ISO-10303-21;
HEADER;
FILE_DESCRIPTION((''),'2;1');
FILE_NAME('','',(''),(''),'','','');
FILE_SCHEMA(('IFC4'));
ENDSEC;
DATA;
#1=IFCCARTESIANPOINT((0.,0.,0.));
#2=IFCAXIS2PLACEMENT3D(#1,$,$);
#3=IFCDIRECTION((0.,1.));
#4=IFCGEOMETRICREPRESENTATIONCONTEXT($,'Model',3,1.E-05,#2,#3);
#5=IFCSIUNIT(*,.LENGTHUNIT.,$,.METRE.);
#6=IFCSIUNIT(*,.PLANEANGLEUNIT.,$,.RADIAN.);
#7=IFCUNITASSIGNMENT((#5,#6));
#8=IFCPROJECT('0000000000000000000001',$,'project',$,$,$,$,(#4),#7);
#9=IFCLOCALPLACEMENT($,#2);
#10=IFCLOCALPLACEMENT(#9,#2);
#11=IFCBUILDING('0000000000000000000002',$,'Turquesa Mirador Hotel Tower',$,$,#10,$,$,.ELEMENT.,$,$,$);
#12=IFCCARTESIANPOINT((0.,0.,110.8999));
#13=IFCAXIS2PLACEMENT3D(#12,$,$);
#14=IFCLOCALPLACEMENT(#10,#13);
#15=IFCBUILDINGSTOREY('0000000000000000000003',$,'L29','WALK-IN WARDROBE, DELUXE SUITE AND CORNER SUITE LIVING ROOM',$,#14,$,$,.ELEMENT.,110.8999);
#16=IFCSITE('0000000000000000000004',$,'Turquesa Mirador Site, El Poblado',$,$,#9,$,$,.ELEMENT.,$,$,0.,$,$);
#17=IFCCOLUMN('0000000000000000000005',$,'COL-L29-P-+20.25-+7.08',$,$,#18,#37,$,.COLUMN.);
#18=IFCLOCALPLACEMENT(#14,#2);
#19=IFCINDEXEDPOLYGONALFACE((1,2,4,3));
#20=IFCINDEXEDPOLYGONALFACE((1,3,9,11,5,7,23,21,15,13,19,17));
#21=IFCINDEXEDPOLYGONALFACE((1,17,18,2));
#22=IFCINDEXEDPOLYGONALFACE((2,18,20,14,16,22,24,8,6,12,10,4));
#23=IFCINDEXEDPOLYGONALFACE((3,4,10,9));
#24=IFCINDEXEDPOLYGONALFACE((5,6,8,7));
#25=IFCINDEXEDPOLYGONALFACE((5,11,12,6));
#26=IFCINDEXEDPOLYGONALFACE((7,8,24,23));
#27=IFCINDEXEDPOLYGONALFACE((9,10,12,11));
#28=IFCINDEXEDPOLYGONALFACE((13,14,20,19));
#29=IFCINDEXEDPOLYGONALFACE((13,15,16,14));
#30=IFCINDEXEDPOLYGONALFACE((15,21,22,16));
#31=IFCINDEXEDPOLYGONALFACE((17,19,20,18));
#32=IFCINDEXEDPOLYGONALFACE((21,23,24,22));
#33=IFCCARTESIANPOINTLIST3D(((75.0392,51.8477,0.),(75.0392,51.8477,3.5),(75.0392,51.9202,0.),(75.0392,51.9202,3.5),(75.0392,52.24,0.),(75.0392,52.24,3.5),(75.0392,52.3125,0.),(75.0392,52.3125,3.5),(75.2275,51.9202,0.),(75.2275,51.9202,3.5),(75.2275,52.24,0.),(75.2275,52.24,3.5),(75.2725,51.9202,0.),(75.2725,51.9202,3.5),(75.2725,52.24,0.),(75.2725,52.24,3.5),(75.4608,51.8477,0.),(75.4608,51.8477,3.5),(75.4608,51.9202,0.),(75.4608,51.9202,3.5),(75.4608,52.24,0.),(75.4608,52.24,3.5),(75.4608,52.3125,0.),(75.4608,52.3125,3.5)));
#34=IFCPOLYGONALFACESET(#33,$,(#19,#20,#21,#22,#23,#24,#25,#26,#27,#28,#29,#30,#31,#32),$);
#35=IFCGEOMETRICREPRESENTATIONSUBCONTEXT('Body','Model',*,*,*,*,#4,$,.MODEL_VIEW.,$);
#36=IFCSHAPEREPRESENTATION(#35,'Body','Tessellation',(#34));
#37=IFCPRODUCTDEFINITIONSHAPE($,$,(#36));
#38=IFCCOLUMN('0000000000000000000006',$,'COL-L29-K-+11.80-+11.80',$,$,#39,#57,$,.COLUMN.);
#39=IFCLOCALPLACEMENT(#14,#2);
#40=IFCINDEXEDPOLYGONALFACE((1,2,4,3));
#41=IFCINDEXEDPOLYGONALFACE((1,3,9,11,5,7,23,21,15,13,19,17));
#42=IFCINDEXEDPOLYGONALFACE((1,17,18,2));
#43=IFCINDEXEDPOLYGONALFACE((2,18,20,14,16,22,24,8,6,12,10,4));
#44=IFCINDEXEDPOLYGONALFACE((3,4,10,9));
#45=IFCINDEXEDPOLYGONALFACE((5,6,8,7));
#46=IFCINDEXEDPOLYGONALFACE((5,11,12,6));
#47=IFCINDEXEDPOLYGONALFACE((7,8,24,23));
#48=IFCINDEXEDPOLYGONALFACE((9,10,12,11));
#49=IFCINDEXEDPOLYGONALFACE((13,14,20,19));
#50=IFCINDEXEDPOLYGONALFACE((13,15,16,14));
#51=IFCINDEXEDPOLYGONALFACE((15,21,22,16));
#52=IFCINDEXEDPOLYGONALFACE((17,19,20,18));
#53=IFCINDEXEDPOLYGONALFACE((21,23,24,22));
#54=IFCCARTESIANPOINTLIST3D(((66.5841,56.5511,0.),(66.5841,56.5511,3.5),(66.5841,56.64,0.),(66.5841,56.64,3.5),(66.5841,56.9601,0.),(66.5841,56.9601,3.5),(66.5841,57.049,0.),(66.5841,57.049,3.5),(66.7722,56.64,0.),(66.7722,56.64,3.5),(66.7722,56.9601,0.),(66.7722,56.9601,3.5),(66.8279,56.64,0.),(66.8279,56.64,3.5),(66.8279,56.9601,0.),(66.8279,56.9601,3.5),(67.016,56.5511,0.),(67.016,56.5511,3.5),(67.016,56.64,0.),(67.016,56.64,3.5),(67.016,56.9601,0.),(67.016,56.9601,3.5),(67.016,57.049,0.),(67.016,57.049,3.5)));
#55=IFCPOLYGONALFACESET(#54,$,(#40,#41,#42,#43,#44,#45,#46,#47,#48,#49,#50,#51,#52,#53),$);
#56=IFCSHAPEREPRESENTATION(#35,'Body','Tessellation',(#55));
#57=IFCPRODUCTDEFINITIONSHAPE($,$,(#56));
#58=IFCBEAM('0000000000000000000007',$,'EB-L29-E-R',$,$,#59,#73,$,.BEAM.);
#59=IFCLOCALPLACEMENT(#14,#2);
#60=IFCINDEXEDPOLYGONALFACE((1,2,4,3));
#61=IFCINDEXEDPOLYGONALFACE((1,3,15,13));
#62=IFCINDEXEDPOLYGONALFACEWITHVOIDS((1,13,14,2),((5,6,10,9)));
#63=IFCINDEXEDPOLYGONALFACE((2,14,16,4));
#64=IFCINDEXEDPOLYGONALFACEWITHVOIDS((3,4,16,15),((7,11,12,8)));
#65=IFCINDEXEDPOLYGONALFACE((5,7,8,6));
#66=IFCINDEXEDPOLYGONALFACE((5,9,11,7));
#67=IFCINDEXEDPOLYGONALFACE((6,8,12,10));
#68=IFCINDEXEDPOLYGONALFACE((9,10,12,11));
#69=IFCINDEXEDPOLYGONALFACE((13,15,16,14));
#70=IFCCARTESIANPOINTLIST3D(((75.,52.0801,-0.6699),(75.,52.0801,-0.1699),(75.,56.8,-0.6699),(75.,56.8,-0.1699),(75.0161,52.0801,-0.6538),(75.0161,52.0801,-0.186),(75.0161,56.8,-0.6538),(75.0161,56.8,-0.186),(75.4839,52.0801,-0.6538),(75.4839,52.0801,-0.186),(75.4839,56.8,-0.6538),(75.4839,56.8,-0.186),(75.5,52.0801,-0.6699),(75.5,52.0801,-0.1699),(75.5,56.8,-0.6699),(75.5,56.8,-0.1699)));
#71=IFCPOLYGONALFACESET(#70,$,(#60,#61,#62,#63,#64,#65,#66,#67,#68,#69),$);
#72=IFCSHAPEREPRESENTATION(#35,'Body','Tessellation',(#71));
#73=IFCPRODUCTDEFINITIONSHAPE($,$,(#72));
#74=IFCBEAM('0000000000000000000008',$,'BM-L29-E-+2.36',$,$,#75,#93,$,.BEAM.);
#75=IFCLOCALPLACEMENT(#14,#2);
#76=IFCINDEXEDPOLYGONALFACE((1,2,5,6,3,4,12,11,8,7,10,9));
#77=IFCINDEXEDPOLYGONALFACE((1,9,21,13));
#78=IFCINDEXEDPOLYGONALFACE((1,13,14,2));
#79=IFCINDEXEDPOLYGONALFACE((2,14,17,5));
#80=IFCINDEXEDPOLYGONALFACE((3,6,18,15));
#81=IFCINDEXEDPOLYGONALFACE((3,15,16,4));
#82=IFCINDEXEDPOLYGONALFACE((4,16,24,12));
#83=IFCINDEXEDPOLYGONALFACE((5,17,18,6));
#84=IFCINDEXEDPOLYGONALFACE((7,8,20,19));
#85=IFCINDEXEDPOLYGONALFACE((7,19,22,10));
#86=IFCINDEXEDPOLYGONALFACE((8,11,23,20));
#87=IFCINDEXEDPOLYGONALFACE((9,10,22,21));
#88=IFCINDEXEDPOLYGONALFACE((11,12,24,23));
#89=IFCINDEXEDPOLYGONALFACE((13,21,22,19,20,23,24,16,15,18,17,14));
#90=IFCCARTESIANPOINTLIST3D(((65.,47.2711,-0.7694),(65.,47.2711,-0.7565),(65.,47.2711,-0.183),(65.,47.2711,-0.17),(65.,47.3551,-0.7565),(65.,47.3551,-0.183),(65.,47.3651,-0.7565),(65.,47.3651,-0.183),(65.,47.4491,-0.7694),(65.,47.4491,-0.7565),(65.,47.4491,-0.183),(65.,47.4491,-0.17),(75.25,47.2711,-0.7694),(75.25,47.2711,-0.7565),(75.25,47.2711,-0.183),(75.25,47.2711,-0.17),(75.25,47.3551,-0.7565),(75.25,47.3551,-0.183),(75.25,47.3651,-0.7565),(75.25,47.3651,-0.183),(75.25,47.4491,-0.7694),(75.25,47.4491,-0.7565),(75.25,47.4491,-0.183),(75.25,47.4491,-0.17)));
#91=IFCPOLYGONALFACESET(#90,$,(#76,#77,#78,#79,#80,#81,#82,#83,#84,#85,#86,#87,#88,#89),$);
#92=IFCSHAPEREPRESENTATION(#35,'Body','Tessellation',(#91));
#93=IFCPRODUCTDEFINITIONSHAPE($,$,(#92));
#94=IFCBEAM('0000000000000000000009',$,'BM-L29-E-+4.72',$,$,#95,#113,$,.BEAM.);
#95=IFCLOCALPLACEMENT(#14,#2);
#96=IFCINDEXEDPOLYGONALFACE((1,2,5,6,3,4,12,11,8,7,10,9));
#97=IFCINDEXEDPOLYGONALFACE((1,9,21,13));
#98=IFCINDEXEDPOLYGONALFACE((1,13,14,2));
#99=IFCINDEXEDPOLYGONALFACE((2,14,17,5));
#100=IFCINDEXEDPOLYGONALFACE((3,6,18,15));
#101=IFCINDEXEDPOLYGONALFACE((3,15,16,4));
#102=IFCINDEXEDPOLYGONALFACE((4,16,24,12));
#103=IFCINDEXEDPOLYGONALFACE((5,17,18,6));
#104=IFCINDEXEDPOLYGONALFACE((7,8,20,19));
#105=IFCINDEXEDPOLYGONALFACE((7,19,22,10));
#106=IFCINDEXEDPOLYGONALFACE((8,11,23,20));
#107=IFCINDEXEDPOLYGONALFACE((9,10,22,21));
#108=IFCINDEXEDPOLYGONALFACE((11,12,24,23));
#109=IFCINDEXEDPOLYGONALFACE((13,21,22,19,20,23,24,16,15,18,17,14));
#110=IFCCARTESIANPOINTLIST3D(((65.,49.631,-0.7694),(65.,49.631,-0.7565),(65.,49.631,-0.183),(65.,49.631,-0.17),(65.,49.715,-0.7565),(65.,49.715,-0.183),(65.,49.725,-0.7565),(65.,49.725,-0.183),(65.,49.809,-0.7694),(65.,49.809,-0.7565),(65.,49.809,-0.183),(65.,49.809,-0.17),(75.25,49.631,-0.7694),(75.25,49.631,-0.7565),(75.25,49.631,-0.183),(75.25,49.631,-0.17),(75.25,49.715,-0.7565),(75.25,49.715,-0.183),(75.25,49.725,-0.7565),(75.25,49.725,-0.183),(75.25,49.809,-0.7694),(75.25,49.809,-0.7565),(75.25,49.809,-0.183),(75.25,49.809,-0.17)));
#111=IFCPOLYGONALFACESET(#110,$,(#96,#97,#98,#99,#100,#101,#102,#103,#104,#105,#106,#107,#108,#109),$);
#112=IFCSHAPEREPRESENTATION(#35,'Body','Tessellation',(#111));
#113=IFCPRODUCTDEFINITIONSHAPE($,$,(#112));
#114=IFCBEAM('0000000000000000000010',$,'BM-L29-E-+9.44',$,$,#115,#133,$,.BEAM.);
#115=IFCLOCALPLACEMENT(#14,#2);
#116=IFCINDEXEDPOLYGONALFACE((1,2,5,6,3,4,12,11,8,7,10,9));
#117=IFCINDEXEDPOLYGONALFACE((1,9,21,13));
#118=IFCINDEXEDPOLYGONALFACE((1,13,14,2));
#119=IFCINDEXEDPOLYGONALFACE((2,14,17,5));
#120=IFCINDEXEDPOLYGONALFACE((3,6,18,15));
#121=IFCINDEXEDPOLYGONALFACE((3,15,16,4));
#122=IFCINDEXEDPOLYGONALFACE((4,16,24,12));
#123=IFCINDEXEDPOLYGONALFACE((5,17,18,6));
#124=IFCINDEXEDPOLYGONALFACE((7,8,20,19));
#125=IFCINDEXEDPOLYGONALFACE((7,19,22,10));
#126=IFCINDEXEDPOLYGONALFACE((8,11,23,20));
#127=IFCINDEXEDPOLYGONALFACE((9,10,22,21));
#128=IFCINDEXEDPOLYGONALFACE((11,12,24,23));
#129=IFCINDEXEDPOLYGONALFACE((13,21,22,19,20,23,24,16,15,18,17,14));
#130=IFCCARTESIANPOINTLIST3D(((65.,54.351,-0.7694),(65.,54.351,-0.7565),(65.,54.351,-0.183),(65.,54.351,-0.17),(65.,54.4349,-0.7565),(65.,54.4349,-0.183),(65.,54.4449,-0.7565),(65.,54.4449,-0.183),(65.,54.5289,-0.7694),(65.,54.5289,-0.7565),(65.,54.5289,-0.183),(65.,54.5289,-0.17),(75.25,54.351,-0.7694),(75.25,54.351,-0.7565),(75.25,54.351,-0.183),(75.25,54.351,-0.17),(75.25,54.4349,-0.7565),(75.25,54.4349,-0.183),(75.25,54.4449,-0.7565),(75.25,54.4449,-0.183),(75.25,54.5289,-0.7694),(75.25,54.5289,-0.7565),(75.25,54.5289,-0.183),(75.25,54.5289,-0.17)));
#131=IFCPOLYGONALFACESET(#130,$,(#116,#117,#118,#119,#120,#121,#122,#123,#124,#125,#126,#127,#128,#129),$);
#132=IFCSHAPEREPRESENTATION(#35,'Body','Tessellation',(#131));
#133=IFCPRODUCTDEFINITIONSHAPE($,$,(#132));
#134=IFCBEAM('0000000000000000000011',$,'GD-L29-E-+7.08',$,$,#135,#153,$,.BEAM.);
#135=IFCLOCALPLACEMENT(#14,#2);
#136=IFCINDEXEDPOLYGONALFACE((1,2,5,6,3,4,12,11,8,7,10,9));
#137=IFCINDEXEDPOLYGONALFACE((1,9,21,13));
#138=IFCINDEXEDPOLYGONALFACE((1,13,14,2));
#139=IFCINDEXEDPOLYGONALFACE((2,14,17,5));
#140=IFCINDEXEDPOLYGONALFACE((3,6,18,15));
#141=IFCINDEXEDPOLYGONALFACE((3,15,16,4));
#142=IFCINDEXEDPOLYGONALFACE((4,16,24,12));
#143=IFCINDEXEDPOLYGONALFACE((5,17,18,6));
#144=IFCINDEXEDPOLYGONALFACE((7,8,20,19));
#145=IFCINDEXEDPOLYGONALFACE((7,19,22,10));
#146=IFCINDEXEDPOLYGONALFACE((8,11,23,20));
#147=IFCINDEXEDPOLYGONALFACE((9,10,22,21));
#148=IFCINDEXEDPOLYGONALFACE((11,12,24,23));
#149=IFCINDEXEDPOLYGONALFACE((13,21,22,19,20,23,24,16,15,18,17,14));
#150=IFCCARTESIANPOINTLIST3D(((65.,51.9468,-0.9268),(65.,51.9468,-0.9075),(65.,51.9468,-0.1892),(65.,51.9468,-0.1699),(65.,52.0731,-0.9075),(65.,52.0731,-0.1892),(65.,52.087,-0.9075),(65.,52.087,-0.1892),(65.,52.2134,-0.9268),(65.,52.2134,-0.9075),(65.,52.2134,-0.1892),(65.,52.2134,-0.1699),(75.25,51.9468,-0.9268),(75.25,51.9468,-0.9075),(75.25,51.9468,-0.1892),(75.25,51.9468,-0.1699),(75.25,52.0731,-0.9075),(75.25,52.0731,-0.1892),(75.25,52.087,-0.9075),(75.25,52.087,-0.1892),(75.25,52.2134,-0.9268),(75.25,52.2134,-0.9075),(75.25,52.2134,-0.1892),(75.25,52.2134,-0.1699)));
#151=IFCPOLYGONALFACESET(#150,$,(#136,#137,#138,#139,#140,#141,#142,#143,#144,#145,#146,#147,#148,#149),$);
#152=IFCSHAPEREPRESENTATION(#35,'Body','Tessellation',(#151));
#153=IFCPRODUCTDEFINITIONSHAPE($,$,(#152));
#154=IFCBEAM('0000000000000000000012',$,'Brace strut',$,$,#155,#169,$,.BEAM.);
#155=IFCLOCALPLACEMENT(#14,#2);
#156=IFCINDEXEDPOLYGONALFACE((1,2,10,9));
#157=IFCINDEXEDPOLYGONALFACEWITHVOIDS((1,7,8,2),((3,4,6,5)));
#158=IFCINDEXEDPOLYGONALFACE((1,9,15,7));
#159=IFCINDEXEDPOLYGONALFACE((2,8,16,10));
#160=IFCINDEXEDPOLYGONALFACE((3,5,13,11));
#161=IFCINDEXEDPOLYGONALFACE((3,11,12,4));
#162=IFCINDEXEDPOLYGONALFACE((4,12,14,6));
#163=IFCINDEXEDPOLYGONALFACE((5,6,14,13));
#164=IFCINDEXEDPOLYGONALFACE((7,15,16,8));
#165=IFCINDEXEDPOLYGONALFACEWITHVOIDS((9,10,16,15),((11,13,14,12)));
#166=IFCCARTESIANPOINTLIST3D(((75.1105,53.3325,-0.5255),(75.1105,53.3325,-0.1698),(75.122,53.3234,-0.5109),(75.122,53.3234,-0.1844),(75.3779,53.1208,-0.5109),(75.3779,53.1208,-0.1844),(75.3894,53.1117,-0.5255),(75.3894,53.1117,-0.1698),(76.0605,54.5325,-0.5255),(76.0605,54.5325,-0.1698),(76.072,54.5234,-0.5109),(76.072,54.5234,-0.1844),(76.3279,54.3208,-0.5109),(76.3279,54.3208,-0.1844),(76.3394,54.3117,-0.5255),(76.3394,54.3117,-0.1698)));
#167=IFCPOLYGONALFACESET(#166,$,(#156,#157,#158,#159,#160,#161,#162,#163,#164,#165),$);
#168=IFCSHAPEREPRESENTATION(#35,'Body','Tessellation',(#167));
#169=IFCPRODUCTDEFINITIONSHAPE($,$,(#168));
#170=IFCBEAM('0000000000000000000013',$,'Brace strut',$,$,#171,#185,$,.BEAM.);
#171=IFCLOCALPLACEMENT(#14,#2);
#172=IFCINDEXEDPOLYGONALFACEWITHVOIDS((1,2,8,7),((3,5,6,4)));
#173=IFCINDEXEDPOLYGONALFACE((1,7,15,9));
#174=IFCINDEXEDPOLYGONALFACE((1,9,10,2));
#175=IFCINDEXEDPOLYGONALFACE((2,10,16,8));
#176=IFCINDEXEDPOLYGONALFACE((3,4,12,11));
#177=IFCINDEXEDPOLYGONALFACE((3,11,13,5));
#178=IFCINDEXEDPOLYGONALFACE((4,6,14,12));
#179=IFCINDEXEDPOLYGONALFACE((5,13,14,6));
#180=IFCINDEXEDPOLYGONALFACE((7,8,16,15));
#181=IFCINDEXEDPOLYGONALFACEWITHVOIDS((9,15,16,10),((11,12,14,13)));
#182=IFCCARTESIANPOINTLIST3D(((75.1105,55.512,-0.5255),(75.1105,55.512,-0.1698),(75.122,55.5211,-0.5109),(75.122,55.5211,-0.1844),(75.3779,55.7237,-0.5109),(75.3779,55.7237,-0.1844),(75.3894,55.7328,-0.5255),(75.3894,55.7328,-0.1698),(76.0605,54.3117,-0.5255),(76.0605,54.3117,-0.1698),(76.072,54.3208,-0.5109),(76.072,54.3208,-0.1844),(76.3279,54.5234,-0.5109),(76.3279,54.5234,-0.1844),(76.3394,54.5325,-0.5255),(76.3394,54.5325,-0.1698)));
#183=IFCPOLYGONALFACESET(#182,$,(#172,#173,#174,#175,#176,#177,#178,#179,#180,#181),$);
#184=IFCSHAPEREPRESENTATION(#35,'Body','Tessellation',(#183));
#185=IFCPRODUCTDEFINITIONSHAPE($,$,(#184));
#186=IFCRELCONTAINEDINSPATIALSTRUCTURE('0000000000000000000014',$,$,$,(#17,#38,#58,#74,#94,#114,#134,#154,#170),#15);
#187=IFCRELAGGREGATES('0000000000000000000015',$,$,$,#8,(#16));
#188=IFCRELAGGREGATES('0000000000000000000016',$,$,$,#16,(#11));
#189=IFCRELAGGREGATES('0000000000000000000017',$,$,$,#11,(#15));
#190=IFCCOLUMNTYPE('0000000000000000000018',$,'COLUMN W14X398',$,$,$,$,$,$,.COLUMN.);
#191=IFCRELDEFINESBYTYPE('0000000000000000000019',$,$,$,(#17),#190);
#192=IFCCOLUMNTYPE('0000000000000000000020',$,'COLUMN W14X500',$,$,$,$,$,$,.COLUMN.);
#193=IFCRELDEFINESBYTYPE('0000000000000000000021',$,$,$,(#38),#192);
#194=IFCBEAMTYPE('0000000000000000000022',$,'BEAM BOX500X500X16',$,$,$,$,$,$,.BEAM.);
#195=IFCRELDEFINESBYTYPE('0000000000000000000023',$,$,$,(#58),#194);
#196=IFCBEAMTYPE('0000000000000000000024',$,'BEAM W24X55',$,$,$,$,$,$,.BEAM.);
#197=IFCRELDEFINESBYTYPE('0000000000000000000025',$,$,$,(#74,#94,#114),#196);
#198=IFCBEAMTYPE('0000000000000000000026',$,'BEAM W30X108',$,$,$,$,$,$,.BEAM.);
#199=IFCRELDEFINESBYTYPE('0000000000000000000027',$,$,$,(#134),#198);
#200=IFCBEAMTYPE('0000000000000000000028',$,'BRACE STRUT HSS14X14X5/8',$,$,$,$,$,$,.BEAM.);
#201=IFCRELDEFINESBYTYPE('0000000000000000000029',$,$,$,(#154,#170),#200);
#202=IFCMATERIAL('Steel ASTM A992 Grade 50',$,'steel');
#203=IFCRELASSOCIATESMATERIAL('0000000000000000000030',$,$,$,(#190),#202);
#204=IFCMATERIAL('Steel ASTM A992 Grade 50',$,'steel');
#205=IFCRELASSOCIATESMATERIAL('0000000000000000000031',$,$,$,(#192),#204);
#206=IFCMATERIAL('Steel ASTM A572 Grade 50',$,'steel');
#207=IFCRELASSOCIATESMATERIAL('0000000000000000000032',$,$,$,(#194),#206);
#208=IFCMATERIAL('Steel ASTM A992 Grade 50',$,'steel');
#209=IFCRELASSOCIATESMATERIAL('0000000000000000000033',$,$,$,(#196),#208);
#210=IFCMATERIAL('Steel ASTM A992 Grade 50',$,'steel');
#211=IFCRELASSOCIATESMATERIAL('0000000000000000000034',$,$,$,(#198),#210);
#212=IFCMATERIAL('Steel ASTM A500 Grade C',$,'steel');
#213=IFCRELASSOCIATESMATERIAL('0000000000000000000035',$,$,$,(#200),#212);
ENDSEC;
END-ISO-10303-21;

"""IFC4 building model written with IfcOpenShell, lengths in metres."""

from ifc_helpers import new_model, si_unit, direction, frame, origin, origin_2d, place, context, subcontext, project, spatial, hollow_rectangle, i_section, extrude, material, material_profile, profile_set, type_object, element, save


model = new_model("IFC4")

# Units and contexts
model_context = context("Model", 3, precision=1e-05, world=origin(), true_north=direction((0.0, 1.0)))
body_context = subcontext(model_context, "Body", "Model", "MODEL_VIEW")
ifc_project = project(units=[si_unit("LENGTHUNIT", "METRE"), si_unit("PLANEANGLEUNIT", "RADIAN")], contexts=[model_context])

# Site, building, storey
site_placement = place(None, origin())
site = spatial("IfcSite", under=ifc_project, at=site_placement, Name="Turquesa Mirador Site, El Poblado", CompositionType="ELEMENT", RefElevation=0.0)
building_placement = place(site_placement, origin())
building = spatial("IfcBuilding", under=site, at=building_placement, Name="Turquesa Mirador Hotel Tower", CompositionType="ELEMENT")
storey_placement = place(building_placement, frame((0.0, 0.0, 110.8999)))
storey = spatial("IfcBuildingStorey", under=building, at=storey_placement, Name="L29", Description="WALK-IN WARDROBE, DELUXE SUITE AND CORNER SUITE LIVING ROOM", CompositionType="ELEMENT", Elevation=110.8999)

# Columns
ifc_material_1 = material(Name="Steel ASTM A992 Grade 50", Category="steel")
ifc_material_profile_1 = material_profile(ifc_material_1, i_section(OverallWidth=0.4216, OverallDepth=0.4648, WebThickness=0.0449, FlangeThickness=0.0725, at=origin_2d()), Name="W14X398")
ifc_profile_set_1 = profile_set([ifc_material_profile_1], Name="Steel ASTM A992 Grade 50")
column_type_1 = type_object("IfcColumnType", Name="COLUMN W14X398", PredefinedType="COLUMN", material=ifc_profile_set_1)
column_1_placement = place(storey_placement, frame((75.25, 52.0801, 0.0), z_axis=(0.0, 0.0, 1.0), x_axis=(1.0, 0.0, 0.0)))
element("IfcColumn", 1, at=column_1_placement, inside=storey, type_object=column_type_1, Name="COL-L29-P-+20.25-+7.08", PredefinedType="COLUMN", context=body_context, shape_type="SweptSolid", body=[
    extrude(i_section(OverallWidth=0.4216, OverallDepth=0.4648, WebThickness=0.0449, FlangeThickness=0.0725, at=origin_2d()), origin(), (0.0, 0.0, 1.0), 3.5),
])
ifc_material_2 = material(Name="Steel ASTM A992 Grade 50", Category="steel")
ifc_material_profile_2 = material_profile(ifc_material_2, i_section(OverallWidth=0.4319, OverallDepth=0.4978, WebThickness=0.0557, FlangeThickness=0.0889, at=origin_2d()), Name="W14X500")
ifc_profile_set_2 = profile_set([ifc_material_profile_2], Name="Steel ASTM A992 Grade 50")
column_type_2 = type_object("IfcColumnType", Name="COLUMN W14X500", PredefinedType="COLUMN", material=ifc_profile_set_2)
column_2_placement = place(storey_placement, frame((66.8, 56.8, 0.0), z_axis=(0.0, 0.0, 1.0), x_axis=(1.0, 0.0, 0.0)))
element("IfcColumn", 2, at=column_2_placement, inside=storey, type_object=column_type_2, Name="COL-L29-K-+11.80-+11.80", PredefinedType="COLUMN", context=body_context, shape_type="SweptSolid", body=[
    extrude(i_section(OverallWidth=0.4319, OverallDepth=0.4978, WebThickness=0.0557, FlangeThickness=0.0889, at=origin_2d()), origin(), (0.0, 0.0, 1.0), 3.5),
])

# Beams
ifc_material_3 = material(Name="Steel ASTM A572 Grade 50", Category="steel")
ifc_material_profile_3 = material_profile(ifc_material_3, hollow_rectangle(XDim=0.5, YDim=0.5, WallThickness=0.0161, at=origin_2d()), Name="BOX500X500X16")
ifc_profile_set_3 = profile_set([ifc_material_profile_3], Name="Steel ASTM A572 Grade 50")
beam_type_1 = type_object("IfcBeamType", Name="BEAM BOX500X500X16", PredefinedType="BEAM", material=ifc_profile_set_3)
beam_1_placement = place(storey_placement, frame((75.25, 52.0801, -0.4199), z_axis=(0.0, 1.0, 0.0), x_axis=(-1.0, 0.0, 0.0)))
element("IfcBeam", 3, at=beam_1_placement, inside=storey, type_object=beam_type_1, Name="EB-L29-E-R", PredefinedType="BEAM", context=body_context, shape_type="SweptSolid", body=[
    extrude(hollow_rectangle(XDim=0.5, YDim=0.5, WallThickness=0.0161, at=origin_2d()), origin(), (0.0, 0.0, 1.0), 4.72),
])
ifc_material_4 = material(Name="Steel ASTM A992 Grade 50", Category="steel")
ifc_material_profile_4 = material_profile(ifc_material_4, i_section(OverallWidth=0.178, OverallDepth=0.5994, WebThickness=0.01, FlangeThickness=0.0129, at=origin_2d()), Name="W24X55")
ifc_profile_set_4 = profile_set([ifc_material_profile_4], Name="Steel ASTM A992 Grade 50")
beam_type_2 = type_object("IfcBeamType", Name="BEAM W24X55", PredefinedType="BEAM", material=ifc_profile_set_4)
for number, where, z_axis, x_axis, name in (
    (4, (75.25, 47.3601, -0.4697), (-1.0, 0.0, 0.0), (0.0, -1.0, 0.0), "BM-L29-E-+2.36"),
    (5, (75.25, 49.72, -0.4697), (-1.0, 0.0, 0.0), (0.0, -1.0, 0.0), "BM-L29-E-+4.72"),
    (6, (75.25, 54.4399, -0.4697), (-1.0, 0.0, 0.0), (0.0, -1.0, 0.0), "BM-L29-E-+9.44"),
):
    element("IfcBeam", number, at=place(storey_placement, frame(where, z_axis=z_axis, x_axis=x_axis)), inside=storey, type_object=beam_type_2, Name=name, PredefinedType="BEAM", context=body_context, shape_type="SweptSolid", body=[
        extrude(i_section(OverallWidth=0.178, OverallDepth=0.5994, WebThickness=0.01, FlangeThickness=0.0129, at=origin_2d()), origin(), (0.0, 0.0, 1.0), 10.25),
    ])
ifc_material_5 = material(Name="Steel ASTM A992 Grade 50", Category="steel")
ifc_material_profile_5 = material_profile(ifc_material_5, i_section(OverallWidth=0.2666, OverallDepth=0.7568, WebThickness=0.0139, FlangeThickness=0.0193, at=origin_2d()), Name="W30X108")
ifc_profile_set_5 = profile_set([ifc_material_profile_5], Name="Steel ASTM A992 Grade 50")
beam_type_3 = type_object("IfcBeamType", Name="BEAM W30X108", PredefinedType="BEAM", material=ifc_profile_set_5)
beam_2_placement = place(storey_placement, frame((75.25, 52.0801, -0.5483), z_axis=(-1.0, 0.0, 0.0), x_axis=(0.0, -1.0, 0.0)))
element("IfcBeam", 7, at=beam_2_placement, inside=storey, type_object=beam_type_3, Name="GD-L29-E-+7.08", PredefinedType="BEAM", context=body_context, shape_type="SweptSolid", body=[
    extrude(i_section(OverallWidth=0.2666, OverallDepth=0.7568, WebThickness=0.0139, FlangeThickness=0.0193, at=origin_2d()), origin(), (0.0, 0.0, 1.0), 10.25),
])
ifc_material_6 = material(Name="Steel ASTM A500 Grade C", Category="steel")
ifc_material_profile_6 = material_profile(ifc_material_6, hollow_rectangle(XDim=0.3557, YDim=0.3557, WallThickness=0.0146, at=origin_2d()), Name="HSS14X14X5/8")
ifc_profile_set_6 = profile_set([ifc_material_profile_6], Name="Steel ASTM A500 Grade C")
beam_type_4 = type_object("IfcBeamType", Name="BRACE STRUT HSS14X14X5/8", PredefinedType="BEAM", material=ifc_profile_set_6)
beam_3_placement = place(storey_placement, frame((76.2, 54.4221, -0.3477), z_axis=(-0.620699, -0.784049, 0.0), x_axis=(0.784049, -0.620699, 0.0)))
element("IfcBeam", 8, at=beam_3_placement, inside=storey, type_object=beam_type_4, Name="Brace strut", PredefinedType="BEAM", context=body_context, shape_type="SweptSolid", body=[
    extrude(hollow_rectangle(XDim=0.3557, YDim=0.3557, WallThickness=0.0146, at=origin_2d()), origin(), (0.0, 0.0, 1.0), 1.5305),
])
beam_4_placement = place(storey_placement, frame((76.2, 54.4221, -0.3477), z_axis=(-0.620621, 0.784111, 0.0), x_axis=(-0.784111, -0.620621, 0.0)))
element("IfcBeam", 9, at=beam_4_placement, inside=storey, type_object=beam_type_4, Name="Brace strut", PredefinedType="BEAM", context=body_context, shape_type="SweptSolid", body=[
    extrude(hollow_rectangle(XDim=0.3557, YDim=0.3557, WallThickness=0.0146, at=origin_2d()), origin(), (0.0, 0.0, 1.0), 1.5308),
])

save(model, "model.ifc")
